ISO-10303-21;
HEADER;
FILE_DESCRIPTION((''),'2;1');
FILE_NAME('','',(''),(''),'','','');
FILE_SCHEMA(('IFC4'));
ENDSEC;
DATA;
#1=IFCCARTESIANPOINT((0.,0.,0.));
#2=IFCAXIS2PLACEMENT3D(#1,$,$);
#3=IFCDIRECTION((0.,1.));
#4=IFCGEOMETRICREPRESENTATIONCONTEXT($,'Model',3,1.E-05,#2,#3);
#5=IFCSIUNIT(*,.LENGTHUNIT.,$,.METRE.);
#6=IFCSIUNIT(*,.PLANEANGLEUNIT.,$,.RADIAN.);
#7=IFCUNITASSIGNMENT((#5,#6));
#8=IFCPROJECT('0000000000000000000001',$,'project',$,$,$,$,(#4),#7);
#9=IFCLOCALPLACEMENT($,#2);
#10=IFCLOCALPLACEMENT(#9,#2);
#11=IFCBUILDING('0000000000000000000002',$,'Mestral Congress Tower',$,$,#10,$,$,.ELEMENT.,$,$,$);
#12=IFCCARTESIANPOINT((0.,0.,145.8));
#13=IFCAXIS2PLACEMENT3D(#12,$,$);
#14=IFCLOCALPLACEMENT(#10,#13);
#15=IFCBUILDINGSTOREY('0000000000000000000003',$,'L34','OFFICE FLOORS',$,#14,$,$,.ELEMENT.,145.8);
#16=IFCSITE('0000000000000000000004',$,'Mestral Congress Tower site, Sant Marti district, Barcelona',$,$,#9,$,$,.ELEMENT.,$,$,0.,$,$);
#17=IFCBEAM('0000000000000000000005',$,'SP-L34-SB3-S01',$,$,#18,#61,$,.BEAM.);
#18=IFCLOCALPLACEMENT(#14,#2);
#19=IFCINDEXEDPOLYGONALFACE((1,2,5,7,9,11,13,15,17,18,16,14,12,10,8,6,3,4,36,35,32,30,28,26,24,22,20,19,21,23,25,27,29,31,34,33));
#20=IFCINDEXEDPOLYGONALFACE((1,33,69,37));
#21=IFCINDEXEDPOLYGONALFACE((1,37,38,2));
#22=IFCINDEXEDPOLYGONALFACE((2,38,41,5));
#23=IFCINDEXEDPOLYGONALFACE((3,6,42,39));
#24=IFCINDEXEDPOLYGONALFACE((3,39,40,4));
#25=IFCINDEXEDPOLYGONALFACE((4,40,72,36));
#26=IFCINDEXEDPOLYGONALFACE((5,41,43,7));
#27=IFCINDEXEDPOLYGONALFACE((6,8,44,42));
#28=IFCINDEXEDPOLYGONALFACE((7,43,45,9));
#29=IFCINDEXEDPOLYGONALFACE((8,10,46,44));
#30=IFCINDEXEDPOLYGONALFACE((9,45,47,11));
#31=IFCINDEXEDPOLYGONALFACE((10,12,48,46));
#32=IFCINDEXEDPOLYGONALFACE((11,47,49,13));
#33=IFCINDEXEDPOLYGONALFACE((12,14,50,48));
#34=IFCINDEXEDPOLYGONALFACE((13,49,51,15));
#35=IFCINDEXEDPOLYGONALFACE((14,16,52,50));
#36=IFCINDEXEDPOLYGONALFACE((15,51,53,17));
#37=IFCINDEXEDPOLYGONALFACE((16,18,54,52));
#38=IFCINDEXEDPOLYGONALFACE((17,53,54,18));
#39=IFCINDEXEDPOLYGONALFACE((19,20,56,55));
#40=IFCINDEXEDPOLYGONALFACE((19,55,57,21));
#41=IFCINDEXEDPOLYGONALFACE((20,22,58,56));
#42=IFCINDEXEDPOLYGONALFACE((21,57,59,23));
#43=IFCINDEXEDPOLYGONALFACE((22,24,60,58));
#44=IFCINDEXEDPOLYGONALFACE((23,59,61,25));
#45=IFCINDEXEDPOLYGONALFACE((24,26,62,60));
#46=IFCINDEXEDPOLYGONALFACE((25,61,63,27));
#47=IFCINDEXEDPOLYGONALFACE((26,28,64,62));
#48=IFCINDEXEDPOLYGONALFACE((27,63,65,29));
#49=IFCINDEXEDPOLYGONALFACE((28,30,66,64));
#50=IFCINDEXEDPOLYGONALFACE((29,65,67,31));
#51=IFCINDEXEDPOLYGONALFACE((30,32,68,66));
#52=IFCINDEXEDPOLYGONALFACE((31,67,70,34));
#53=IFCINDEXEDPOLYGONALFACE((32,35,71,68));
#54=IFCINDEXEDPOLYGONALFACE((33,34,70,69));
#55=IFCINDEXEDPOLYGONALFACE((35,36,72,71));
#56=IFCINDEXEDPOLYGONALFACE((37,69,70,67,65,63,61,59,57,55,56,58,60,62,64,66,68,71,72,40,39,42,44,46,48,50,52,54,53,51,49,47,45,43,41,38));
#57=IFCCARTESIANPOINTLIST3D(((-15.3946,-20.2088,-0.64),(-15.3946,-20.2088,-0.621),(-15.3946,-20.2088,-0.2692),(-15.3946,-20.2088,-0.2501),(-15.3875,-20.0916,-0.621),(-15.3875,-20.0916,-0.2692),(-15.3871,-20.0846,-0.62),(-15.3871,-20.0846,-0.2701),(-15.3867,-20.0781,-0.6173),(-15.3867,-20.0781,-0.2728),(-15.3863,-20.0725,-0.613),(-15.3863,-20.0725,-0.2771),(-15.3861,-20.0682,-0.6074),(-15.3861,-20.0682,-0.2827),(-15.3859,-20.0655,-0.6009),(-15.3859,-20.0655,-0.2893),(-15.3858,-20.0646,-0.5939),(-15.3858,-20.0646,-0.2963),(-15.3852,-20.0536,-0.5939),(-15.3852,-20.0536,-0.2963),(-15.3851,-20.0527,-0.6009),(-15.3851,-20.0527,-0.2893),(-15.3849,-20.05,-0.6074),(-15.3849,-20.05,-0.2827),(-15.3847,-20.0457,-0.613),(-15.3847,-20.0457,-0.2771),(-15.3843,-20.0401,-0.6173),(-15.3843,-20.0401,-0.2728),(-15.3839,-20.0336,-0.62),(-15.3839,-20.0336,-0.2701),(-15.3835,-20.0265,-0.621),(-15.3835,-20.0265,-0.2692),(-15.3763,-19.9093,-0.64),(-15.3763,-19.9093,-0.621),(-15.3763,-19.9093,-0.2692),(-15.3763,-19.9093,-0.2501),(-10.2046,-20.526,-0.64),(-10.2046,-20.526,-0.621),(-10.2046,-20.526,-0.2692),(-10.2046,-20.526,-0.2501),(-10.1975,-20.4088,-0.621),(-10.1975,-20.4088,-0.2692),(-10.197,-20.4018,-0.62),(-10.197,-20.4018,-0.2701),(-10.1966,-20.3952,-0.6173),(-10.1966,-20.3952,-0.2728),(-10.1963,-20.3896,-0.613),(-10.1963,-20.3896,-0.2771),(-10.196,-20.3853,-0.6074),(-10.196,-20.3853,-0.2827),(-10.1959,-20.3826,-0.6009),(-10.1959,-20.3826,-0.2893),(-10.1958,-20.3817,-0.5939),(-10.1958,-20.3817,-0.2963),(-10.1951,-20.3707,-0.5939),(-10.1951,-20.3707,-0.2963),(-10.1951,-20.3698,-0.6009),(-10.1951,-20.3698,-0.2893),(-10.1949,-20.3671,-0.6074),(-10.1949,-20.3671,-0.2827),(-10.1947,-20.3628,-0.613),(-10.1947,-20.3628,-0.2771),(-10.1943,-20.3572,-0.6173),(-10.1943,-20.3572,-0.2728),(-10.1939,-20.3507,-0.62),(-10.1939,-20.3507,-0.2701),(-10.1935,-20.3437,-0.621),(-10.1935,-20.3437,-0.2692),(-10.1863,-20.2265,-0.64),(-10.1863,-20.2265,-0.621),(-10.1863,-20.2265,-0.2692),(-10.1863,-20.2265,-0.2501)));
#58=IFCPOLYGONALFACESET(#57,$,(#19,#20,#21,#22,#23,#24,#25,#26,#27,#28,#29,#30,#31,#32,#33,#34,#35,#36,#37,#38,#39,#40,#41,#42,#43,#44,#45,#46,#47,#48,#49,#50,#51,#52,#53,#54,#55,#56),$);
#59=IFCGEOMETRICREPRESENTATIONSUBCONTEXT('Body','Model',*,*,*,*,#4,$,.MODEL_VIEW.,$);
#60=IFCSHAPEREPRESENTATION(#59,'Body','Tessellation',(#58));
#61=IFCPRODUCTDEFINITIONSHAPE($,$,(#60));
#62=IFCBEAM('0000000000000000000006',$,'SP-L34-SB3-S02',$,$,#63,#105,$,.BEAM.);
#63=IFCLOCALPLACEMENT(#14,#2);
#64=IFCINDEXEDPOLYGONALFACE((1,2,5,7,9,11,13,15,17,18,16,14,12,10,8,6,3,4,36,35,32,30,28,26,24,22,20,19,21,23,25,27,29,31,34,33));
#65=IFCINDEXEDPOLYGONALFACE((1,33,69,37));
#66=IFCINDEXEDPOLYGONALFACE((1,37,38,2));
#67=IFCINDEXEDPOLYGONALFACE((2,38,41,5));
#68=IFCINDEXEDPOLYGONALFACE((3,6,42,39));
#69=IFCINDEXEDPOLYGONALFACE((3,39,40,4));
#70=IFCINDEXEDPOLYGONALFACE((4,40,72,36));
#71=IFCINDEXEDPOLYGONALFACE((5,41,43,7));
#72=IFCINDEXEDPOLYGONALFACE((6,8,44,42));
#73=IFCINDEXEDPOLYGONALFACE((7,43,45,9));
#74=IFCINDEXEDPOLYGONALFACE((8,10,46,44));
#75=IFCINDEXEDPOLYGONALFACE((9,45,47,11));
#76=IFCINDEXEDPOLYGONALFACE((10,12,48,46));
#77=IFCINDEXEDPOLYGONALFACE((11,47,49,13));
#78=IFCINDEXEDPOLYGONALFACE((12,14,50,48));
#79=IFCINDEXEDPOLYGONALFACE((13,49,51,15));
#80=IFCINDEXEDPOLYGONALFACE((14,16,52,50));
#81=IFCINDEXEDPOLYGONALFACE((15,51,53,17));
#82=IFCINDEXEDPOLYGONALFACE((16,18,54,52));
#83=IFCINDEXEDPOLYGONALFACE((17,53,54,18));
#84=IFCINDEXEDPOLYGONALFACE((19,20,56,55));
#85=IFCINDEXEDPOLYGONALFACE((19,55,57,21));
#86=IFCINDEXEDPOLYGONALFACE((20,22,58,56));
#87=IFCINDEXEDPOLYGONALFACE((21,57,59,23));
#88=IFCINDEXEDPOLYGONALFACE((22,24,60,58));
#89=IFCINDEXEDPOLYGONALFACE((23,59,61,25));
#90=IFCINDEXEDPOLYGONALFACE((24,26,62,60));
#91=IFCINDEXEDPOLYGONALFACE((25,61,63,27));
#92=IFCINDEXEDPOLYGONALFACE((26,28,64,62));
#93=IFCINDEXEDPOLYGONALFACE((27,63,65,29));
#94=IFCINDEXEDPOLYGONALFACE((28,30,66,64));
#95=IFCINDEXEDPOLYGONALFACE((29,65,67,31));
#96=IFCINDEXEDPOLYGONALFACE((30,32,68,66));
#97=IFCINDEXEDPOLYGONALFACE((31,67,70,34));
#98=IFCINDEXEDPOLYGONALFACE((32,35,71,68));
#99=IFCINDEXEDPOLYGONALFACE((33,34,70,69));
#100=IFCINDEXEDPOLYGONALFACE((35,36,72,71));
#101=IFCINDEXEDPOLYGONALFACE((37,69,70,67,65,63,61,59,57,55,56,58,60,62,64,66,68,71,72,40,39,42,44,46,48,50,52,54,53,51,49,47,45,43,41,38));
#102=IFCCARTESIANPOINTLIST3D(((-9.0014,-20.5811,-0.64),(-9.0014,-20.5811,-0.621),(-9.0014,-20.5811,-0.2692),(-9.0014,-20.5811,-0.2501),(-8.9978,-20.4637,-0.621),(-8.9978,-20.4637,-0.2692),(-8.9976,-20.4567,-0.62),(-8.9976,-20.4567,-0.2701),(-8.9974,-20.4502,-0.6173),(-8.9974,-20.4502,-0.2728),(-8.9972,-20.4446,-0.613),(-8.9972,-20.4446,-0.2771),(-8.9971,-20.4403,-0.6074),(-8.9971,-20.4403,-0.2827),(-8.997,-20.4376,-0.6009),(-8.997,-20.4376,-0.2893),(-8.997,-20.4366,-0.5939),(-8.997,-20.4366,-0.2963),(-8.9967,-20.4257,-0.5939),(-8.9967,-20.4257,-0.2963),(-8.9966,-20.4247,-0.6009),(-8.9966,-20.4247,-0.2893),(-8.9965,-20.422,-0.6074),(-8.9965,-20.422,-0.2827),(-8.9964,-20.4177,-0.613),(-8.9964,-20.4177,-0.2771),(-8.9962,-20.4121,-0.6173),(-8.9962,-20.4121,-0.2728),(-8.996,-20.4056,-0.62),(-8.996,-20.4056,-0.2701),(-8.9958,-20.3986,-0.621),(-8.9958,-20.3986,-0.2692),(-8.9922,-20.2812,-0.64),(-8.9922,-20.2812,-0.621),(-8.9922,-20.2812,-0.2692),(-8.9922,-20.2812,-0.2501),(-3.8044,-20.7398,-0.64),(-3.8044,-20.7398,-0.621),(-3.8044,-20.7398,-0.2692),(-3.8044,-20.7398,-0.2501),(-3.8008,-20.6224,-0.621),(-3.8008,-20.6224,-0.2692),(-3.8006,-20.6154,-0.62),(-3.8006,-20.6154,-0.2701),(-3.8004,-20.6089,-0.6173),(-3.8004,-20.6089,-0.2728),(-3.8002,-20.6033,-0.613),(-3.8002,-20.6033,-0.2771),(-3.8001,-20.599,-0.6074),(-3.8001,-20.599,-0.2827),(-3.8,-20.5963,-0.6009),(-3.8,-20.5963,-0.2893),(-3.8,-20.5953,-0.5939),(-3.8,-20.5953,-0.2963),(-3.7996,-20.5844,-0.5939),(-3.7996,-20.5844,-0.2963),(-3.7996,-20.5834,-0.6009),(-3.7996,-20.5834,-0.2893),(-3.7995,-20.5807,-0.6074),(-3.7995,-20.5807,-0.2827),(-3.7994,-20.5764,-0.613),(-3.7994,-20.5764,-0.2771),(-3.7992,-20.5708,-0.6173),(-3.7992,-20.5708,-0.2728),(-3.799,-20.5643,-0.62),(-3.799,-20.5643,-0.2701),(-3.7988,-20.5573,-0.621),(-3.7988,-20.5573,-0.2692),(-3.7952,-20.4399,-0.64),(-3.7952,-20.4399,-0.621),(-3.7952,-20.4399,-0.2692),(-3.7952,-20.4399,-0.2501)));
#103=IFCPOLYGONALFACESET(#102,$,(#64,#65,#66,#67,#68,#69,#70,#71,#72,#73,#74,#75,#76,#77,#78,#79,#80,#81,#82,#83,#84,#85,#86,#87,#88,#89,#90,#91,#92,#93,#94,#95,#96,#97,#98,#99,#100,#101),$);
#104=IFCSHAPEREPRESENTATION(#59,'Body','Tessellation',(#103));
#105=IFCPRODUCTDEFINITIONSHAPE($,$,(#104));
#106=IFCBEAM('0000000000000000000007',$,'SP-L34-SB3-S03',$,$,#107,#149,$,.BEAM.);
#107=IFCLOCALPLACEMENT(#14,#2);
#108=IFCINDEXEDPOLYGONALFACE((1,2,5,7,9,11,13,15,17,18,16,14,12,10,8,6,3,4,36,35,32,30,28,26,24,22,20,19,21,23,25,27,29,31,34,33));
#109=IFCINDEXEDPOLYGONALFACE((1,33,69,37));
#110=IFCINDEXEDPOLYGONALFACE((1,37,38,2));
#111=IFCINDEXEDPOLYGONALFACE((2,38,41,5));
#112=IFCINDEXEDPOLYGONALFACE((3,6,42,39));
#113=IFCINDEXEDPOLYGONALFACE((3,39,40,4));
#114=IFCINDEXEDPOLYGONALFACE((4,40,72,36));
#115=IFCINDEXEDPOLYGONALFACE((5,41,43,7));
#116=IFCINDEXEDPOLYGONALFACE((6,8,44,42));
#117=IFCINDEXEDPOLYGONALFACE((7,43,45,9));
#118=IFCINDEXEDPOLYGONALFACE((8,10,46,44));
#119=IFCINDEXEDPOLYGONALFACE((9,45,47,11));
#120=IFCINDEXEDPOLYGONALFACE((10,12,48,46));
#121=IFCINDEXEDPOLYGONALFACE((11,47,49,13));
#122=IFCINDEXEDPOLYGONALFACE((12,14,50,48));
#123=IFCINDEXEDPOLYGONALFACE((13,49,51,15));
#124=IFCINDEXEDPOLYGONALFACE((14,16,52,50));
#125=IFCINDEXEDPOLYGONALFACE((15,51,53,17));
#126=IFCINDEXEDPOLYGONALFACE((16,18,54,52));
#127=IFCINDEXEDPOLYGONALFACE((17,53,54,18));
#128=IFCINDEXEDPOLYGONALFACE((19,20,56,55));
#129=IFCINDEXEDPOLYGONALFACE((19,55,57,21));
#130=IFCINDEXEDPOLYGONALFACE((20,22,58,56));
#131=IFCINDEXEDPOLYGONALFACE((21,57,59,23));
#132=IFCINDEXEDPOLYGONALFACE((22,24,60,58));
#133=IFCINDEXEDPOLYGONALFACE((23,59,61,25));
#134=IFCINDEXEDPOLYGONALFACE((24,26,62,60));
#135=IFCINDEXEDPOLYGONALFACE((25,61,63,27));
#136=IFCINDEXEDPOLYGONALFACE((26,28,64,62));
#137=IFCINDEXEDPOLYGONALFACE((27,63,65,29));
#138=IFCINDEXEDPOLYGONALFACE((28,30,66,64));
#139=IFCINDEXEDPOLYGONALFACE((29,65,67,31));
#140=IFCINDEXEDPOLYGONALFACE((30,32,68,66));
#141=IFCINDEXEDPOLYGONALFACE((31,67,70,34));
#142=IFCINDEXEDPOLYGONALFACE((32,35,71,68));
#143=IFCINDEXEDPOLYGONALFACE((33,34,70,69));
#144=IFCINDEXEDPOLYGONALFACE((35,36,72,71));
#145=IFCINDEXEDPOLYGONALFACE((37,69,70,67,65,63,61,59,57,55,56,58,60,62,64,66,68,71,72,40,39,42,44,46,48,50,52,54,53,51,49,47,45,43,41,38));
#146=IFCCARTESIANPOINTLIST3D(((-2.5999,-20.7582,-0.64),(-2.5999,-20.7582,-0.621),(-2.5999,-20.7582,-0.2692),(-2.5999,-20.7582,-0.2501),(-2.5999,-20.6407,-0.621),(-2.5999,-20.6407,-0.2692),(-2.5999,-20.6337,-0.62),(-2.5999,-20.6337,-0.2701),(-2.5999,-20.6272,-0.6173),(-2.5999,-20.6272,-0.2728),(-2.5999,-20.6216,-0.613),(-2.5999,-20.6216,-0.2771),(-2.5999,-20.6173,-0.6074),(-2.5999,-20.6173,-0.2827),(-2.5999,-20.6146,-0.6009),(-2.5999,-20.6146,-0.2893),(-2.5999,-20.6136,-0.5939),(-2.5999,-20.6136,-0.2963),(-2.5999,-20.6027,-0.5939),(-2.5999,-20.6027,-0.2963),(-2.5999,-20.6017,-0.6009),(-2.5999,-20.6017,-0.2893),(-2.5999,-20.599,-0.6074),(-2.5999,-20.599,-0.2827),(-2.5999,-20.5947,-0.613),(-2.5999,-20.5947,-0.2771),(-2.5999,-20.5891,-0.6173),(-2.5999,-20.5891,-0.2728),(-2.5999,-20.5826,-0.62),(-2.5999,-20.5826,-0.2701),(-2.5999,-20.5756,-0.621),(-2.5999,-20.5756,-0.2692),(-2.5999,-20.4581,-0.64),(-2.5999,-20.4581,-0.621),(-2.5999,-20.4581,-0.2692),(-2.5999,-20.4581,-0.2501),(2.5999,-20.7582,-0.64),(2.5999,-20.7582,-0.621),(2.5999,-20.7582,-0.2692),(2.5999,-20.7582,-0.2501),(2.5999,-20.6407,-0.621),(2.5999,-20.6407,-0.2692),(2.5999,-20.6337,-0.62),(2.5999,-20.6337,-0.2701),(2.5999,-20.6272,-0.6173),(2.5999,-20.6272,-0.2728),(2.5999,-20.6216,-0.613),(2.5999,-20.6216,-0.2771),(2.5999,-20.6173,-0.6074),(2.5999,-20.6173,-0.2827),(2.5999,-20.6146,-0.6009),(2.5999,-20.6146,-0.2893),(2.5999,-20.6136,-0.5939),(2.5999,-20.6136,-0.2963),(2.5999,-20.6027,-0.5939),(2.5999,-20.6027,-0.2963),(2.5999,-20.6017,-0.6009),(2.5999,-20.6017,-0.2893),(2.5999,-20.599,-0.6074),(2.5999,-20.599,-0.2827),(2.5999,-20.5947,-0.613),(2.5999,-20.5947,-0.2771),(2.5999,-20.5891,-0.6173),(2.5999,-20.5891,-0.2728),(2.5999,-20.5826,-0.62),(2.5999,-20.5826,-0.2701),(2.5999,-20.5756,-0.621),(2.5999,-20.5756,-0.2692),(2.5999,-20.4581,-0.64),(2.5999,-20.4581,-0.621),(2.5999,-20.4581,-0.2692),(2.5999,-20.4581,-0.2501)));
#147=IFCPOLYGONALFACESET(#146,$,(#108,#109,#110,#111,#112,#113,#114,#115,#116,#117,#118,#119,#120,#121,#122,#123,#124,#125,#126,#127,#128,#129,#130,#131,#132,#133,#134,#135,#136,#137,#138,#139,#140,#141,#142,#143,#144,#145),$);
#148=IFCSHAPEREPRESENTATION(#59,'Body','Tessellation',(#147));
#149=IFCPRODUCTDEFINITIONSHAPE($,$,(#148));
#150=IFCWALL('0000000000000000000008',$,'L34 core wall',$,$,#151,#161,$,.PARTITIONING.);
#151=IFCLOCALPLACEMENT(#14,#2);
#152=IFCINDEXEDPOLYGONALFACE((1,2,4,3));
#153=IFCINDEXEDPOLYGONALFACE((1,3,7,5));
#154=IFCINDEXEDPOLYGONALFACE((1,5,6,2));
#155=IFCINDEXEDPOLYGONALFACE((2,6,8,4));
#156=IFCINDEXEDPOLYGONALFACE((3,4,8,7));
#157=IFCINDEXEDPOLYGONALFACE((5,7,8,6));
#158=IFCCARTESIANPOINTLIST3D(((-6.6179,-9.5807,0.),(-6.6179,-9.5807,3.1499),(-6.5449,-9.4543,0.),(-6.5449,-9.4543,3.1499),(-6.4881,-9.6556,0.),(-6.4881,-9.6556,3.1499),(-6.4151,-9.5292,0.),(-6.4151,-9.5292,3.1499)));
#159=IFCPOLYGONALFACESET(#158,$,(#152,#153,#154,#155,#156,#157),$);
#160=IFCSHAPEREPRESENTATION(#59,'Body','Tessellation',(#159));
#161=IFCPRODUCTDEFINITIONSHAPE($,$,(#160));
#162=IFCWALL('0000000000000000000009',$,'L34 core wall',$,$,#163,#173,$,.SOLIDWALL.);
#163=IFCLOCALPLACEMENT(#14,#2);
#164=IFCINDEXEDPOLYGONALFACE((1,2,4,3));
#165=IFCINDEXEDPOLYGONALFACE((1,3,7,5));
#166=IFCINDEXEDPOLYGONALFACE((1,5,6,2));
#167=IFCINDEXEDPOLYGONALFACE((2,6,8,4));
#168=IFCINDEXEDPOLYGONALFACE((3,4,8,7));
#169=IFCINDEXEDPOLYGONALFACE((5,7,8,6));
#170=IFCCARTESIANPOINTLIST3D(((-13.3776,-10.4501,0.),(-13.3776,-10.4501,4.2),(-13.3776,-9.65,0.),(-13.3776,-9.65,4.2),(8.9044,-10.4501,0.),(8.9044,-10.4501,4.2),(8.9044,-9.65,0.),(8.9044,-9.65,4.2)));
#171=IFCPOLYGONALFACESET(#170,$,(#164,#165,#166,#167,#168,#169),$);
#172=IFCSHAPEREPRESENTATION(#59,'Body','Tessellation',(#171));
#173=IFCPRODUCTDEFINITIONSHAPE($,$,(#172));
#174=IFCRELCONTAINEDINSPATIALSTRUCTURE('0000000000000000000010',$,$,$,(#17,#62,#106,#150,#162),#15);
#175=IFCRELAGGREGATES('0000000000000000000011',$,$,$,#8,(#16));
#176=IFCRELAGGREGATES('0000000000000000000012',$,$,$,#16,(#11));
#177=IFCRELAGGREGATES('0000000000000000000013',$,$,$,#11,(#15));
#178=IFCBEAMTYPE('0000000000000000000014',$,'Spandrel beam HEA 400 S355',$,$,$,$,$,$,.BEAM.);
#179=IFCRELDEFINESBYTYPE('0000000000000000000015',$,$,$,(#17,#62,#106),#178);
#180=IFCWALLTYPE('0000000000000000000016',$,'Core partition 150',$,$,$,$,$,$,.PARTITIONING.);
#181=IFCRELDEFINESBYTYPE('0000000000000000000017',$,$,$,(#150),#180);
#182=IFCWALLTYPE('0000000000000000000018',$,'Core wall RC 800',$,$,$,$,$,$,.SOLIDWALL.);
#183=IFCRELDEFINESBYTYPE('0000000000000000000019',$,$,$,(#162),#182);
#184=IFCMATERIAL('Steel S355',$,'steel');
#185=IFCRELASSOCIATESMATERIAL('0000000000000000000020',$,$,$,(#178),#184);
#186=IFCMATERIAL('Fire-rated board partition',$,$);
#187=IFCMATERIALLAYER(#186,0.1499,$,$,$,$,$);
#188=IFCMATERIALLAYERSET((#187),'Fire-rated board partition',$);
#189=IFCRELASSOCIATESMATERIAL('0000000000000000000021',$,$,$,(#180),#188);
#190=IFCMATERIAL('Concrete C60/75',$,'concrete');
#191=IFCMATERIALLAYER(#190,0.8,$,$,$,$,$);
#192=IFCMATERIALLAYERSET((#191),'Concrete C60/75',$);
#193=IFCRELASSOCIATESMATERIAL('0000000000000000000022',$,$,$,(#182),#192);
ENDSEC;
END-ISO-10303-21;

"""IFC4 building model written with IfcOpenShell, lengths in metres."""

from ifc_helpers import new_model, si_unit, direction, frame, frame_2d, origin, origin_2d, place, context, subcontext, project, spatial, rectangle, i_section, extrude, material, layer, layer_set, material_profile, profile_set, type_object, element, save


model = new_model("IFC4")

# Units and contexts
model_context = context("Model", 3, precision=1e-05, world=origin(), true_north=direction((0.0, 1.0)))
body_context = subcontext(model_context, "Body", "Model", "MODEL_VIEW")
ifc_project = project(units=[si_unit("LENGTHUNIT", "METRE"), si_unit("PLANEANGLEUNIT", "RADIAN")], contexts=[model_context])

# Site, building, storey
site_placement = place(None, origin())
site = spatial("IfcSite", under=ifc_project, at=site_placement, Name="Mestral Congress Tower site, Sant Marti district, Barcelona", CompositionType="ELEMENT", RefElevation=0.0)
building_placement = place(site_placement, origin())
building = spatial("IfcBuilding", under=site, at=building_placement, Name="Mestral Congress Tower", CompositionType="ELEMENT")
storey_placement = place(building_placement, frame((0.0, 0.0, 145.8)))
storey = spatial("IfcBuildingStorey", under=building, at=storey_placement, Name="L34", Description="OFFICE FLOORS", CompositionType="ELEMENT", Elevation=145.8)

# Shared definitions
ifc_material_1 = material(Name="Concrete C60/75", Category="concrete")

# Beams
ifc_material_2 = material(Name="Steel S355", Category="steel")
ifc_material_profile_1 = material_profile(ifc_material_2, i_section(OverallWidth=0.3, OverallDepth=0.3899, WebThickness=0.011, FlangeThickness=0.019, FilletRadius=0.0271, at=origin_2d()), Name="HEA 400")
ifc_profile_set_1 = profile_set([ifc_material_profile_1], Name="Steel S355")
beam_type_1 = type_object("IfcBeamType", Name="Spandrel beam HEA 400 S355", PredefinedType="BEAM", material=ifc_profile_set_1)
beam_1_placement = place(storey_placement, frame((-15.3855, -20.0591, -0.4451), z_axis=(0.998138, -0.060993, 0.0), x_axis=(0.060993, 0.998138, 0.0)))
element("IfcBeam", 1, at=beam_1_placement, inside=storey, type_object=beam_type_1, Name="SP-L34-SB3-S01", PredefinedType="BEAM", context=body_context, shape_type="SweptSolid", body=[
    extrude(i_section(OverallWidth=0.3, OverallDepth=0.3899, WebThickness=0.011, FlangeThickness=0.019, FilletRadius=0.0271, at=origin_2d()), origin(), (0.0, 0.0, 1.0), 5.1997),
])
beam_2_placement = place(storey_placement, frame((-8.9968, -20.4312, -0.4451), z_axis=(0.999534, -0.030521, 0.0), x_axis=(0.030521, 0.999534, 0.0)))
element("IfcBeam", 2, at=beam_2_placement, inside=storey, type_object=beam_type_1, Name="SP-L34-SB3-S02", PredefinedType="BEAM", context=body_context, shape_type="SweptSolid", body=[
    extrude(i_section(OverallWidth=0.3, OverallDepth=0.3899, WebThickness=0.011, FlangeThickness=0.019, FilletRadius=0.0271, at=origin_2d()), origin(), (0.0, 0.0, 1.0), 5.1995),
])
beam_3_placement = place(storey_placement, frame((-2.5999, -20.6082, -0.4451), z_axis=(1.0, 0.0, 0.0), x_axis=(0.0, 1.0, 0.0)))
element("IfcBeam", 3, at=beam_3_placement, inside=storey, type_object=beam_type_1, Name="SP-L34-SB3-S03", PredefinedType="BEAM", context=body_context, shape_type="SweptSolid", body=[
    extrude(i_section(OverallWidth=0.3, OverallDepth=0.3899, WebThickness=0.011, FlangeThickness=0.019, FilletRadius=0.0271, at=origin_2d()), origin(), (0.0, 0.0, 1.0), 5.1997),
])

# Walls
ifc_material_3 = material(Name="Fire-rated board partition")
ifc_layer_1 = layer(ifc_material_3, 0.1499)
ifc_layer_set_1 = layer_set([ifc_layer_1], Name="Fire-rated board partition")
wall_type_1 = type_object("IfcWallType", Name="Core partition 150", PredefinedType="PARTITIONING", material=ifc_layer_set_1)
wall_1_placement = place(storey_placement, frame((-6.553, -9.6182, 0.0), z_axis=(0.0, 0.0, 1.0), x_axis=(0.499915, 0.866074, 0.0)))
element("IfcWall", 4, at=wall_1_placement, inside=storey, type_object=wall_type_1, Name="L34 core wall", PredefinedType="PARTITIONING", context=body_context, shape_type="SweptSolid", body=[
    extrude(rectangle(XDim=0.146, YDim=0.1499, at=frame_2d((0.073, 0.0))), origin(), (0.0, 0.0, 1.0), 3.1499),
])
ifc_layer_2 = layer(ifc_material_1, 0.8)
ifc_layer_set_2 = layer_set([ifc_layer_2], Name="Concrete C60/75")
wall_type_2 = type_object("IfcWallType", Name="Core wall RC 800", PredefinedType="SOLIDWALL", material=ifc_layer_set_2)
wall_2_placement = place(storey_placement, frame((-13.3777, -10.05, 0.0), z_axis=(0.0, 0.0, 1.0), x_axis=(1.0, 0.0, 0.0)))
element("IfcWall", 5, at=wall_2_placement, inside=storey, type_object=wall_type_2, Name="L34 core wall", PredefinedType="SOLIDWALL", context=body_context, shape_type="SweptSolid", body=[
    extrude(rectangle(XDim=22.282, YDim=0.8, at=frame_2d((11.1411, 0.0))), origin(), (0.0, 0.0, 1.0), 4.2),
])

save(model, "model.ifc")
